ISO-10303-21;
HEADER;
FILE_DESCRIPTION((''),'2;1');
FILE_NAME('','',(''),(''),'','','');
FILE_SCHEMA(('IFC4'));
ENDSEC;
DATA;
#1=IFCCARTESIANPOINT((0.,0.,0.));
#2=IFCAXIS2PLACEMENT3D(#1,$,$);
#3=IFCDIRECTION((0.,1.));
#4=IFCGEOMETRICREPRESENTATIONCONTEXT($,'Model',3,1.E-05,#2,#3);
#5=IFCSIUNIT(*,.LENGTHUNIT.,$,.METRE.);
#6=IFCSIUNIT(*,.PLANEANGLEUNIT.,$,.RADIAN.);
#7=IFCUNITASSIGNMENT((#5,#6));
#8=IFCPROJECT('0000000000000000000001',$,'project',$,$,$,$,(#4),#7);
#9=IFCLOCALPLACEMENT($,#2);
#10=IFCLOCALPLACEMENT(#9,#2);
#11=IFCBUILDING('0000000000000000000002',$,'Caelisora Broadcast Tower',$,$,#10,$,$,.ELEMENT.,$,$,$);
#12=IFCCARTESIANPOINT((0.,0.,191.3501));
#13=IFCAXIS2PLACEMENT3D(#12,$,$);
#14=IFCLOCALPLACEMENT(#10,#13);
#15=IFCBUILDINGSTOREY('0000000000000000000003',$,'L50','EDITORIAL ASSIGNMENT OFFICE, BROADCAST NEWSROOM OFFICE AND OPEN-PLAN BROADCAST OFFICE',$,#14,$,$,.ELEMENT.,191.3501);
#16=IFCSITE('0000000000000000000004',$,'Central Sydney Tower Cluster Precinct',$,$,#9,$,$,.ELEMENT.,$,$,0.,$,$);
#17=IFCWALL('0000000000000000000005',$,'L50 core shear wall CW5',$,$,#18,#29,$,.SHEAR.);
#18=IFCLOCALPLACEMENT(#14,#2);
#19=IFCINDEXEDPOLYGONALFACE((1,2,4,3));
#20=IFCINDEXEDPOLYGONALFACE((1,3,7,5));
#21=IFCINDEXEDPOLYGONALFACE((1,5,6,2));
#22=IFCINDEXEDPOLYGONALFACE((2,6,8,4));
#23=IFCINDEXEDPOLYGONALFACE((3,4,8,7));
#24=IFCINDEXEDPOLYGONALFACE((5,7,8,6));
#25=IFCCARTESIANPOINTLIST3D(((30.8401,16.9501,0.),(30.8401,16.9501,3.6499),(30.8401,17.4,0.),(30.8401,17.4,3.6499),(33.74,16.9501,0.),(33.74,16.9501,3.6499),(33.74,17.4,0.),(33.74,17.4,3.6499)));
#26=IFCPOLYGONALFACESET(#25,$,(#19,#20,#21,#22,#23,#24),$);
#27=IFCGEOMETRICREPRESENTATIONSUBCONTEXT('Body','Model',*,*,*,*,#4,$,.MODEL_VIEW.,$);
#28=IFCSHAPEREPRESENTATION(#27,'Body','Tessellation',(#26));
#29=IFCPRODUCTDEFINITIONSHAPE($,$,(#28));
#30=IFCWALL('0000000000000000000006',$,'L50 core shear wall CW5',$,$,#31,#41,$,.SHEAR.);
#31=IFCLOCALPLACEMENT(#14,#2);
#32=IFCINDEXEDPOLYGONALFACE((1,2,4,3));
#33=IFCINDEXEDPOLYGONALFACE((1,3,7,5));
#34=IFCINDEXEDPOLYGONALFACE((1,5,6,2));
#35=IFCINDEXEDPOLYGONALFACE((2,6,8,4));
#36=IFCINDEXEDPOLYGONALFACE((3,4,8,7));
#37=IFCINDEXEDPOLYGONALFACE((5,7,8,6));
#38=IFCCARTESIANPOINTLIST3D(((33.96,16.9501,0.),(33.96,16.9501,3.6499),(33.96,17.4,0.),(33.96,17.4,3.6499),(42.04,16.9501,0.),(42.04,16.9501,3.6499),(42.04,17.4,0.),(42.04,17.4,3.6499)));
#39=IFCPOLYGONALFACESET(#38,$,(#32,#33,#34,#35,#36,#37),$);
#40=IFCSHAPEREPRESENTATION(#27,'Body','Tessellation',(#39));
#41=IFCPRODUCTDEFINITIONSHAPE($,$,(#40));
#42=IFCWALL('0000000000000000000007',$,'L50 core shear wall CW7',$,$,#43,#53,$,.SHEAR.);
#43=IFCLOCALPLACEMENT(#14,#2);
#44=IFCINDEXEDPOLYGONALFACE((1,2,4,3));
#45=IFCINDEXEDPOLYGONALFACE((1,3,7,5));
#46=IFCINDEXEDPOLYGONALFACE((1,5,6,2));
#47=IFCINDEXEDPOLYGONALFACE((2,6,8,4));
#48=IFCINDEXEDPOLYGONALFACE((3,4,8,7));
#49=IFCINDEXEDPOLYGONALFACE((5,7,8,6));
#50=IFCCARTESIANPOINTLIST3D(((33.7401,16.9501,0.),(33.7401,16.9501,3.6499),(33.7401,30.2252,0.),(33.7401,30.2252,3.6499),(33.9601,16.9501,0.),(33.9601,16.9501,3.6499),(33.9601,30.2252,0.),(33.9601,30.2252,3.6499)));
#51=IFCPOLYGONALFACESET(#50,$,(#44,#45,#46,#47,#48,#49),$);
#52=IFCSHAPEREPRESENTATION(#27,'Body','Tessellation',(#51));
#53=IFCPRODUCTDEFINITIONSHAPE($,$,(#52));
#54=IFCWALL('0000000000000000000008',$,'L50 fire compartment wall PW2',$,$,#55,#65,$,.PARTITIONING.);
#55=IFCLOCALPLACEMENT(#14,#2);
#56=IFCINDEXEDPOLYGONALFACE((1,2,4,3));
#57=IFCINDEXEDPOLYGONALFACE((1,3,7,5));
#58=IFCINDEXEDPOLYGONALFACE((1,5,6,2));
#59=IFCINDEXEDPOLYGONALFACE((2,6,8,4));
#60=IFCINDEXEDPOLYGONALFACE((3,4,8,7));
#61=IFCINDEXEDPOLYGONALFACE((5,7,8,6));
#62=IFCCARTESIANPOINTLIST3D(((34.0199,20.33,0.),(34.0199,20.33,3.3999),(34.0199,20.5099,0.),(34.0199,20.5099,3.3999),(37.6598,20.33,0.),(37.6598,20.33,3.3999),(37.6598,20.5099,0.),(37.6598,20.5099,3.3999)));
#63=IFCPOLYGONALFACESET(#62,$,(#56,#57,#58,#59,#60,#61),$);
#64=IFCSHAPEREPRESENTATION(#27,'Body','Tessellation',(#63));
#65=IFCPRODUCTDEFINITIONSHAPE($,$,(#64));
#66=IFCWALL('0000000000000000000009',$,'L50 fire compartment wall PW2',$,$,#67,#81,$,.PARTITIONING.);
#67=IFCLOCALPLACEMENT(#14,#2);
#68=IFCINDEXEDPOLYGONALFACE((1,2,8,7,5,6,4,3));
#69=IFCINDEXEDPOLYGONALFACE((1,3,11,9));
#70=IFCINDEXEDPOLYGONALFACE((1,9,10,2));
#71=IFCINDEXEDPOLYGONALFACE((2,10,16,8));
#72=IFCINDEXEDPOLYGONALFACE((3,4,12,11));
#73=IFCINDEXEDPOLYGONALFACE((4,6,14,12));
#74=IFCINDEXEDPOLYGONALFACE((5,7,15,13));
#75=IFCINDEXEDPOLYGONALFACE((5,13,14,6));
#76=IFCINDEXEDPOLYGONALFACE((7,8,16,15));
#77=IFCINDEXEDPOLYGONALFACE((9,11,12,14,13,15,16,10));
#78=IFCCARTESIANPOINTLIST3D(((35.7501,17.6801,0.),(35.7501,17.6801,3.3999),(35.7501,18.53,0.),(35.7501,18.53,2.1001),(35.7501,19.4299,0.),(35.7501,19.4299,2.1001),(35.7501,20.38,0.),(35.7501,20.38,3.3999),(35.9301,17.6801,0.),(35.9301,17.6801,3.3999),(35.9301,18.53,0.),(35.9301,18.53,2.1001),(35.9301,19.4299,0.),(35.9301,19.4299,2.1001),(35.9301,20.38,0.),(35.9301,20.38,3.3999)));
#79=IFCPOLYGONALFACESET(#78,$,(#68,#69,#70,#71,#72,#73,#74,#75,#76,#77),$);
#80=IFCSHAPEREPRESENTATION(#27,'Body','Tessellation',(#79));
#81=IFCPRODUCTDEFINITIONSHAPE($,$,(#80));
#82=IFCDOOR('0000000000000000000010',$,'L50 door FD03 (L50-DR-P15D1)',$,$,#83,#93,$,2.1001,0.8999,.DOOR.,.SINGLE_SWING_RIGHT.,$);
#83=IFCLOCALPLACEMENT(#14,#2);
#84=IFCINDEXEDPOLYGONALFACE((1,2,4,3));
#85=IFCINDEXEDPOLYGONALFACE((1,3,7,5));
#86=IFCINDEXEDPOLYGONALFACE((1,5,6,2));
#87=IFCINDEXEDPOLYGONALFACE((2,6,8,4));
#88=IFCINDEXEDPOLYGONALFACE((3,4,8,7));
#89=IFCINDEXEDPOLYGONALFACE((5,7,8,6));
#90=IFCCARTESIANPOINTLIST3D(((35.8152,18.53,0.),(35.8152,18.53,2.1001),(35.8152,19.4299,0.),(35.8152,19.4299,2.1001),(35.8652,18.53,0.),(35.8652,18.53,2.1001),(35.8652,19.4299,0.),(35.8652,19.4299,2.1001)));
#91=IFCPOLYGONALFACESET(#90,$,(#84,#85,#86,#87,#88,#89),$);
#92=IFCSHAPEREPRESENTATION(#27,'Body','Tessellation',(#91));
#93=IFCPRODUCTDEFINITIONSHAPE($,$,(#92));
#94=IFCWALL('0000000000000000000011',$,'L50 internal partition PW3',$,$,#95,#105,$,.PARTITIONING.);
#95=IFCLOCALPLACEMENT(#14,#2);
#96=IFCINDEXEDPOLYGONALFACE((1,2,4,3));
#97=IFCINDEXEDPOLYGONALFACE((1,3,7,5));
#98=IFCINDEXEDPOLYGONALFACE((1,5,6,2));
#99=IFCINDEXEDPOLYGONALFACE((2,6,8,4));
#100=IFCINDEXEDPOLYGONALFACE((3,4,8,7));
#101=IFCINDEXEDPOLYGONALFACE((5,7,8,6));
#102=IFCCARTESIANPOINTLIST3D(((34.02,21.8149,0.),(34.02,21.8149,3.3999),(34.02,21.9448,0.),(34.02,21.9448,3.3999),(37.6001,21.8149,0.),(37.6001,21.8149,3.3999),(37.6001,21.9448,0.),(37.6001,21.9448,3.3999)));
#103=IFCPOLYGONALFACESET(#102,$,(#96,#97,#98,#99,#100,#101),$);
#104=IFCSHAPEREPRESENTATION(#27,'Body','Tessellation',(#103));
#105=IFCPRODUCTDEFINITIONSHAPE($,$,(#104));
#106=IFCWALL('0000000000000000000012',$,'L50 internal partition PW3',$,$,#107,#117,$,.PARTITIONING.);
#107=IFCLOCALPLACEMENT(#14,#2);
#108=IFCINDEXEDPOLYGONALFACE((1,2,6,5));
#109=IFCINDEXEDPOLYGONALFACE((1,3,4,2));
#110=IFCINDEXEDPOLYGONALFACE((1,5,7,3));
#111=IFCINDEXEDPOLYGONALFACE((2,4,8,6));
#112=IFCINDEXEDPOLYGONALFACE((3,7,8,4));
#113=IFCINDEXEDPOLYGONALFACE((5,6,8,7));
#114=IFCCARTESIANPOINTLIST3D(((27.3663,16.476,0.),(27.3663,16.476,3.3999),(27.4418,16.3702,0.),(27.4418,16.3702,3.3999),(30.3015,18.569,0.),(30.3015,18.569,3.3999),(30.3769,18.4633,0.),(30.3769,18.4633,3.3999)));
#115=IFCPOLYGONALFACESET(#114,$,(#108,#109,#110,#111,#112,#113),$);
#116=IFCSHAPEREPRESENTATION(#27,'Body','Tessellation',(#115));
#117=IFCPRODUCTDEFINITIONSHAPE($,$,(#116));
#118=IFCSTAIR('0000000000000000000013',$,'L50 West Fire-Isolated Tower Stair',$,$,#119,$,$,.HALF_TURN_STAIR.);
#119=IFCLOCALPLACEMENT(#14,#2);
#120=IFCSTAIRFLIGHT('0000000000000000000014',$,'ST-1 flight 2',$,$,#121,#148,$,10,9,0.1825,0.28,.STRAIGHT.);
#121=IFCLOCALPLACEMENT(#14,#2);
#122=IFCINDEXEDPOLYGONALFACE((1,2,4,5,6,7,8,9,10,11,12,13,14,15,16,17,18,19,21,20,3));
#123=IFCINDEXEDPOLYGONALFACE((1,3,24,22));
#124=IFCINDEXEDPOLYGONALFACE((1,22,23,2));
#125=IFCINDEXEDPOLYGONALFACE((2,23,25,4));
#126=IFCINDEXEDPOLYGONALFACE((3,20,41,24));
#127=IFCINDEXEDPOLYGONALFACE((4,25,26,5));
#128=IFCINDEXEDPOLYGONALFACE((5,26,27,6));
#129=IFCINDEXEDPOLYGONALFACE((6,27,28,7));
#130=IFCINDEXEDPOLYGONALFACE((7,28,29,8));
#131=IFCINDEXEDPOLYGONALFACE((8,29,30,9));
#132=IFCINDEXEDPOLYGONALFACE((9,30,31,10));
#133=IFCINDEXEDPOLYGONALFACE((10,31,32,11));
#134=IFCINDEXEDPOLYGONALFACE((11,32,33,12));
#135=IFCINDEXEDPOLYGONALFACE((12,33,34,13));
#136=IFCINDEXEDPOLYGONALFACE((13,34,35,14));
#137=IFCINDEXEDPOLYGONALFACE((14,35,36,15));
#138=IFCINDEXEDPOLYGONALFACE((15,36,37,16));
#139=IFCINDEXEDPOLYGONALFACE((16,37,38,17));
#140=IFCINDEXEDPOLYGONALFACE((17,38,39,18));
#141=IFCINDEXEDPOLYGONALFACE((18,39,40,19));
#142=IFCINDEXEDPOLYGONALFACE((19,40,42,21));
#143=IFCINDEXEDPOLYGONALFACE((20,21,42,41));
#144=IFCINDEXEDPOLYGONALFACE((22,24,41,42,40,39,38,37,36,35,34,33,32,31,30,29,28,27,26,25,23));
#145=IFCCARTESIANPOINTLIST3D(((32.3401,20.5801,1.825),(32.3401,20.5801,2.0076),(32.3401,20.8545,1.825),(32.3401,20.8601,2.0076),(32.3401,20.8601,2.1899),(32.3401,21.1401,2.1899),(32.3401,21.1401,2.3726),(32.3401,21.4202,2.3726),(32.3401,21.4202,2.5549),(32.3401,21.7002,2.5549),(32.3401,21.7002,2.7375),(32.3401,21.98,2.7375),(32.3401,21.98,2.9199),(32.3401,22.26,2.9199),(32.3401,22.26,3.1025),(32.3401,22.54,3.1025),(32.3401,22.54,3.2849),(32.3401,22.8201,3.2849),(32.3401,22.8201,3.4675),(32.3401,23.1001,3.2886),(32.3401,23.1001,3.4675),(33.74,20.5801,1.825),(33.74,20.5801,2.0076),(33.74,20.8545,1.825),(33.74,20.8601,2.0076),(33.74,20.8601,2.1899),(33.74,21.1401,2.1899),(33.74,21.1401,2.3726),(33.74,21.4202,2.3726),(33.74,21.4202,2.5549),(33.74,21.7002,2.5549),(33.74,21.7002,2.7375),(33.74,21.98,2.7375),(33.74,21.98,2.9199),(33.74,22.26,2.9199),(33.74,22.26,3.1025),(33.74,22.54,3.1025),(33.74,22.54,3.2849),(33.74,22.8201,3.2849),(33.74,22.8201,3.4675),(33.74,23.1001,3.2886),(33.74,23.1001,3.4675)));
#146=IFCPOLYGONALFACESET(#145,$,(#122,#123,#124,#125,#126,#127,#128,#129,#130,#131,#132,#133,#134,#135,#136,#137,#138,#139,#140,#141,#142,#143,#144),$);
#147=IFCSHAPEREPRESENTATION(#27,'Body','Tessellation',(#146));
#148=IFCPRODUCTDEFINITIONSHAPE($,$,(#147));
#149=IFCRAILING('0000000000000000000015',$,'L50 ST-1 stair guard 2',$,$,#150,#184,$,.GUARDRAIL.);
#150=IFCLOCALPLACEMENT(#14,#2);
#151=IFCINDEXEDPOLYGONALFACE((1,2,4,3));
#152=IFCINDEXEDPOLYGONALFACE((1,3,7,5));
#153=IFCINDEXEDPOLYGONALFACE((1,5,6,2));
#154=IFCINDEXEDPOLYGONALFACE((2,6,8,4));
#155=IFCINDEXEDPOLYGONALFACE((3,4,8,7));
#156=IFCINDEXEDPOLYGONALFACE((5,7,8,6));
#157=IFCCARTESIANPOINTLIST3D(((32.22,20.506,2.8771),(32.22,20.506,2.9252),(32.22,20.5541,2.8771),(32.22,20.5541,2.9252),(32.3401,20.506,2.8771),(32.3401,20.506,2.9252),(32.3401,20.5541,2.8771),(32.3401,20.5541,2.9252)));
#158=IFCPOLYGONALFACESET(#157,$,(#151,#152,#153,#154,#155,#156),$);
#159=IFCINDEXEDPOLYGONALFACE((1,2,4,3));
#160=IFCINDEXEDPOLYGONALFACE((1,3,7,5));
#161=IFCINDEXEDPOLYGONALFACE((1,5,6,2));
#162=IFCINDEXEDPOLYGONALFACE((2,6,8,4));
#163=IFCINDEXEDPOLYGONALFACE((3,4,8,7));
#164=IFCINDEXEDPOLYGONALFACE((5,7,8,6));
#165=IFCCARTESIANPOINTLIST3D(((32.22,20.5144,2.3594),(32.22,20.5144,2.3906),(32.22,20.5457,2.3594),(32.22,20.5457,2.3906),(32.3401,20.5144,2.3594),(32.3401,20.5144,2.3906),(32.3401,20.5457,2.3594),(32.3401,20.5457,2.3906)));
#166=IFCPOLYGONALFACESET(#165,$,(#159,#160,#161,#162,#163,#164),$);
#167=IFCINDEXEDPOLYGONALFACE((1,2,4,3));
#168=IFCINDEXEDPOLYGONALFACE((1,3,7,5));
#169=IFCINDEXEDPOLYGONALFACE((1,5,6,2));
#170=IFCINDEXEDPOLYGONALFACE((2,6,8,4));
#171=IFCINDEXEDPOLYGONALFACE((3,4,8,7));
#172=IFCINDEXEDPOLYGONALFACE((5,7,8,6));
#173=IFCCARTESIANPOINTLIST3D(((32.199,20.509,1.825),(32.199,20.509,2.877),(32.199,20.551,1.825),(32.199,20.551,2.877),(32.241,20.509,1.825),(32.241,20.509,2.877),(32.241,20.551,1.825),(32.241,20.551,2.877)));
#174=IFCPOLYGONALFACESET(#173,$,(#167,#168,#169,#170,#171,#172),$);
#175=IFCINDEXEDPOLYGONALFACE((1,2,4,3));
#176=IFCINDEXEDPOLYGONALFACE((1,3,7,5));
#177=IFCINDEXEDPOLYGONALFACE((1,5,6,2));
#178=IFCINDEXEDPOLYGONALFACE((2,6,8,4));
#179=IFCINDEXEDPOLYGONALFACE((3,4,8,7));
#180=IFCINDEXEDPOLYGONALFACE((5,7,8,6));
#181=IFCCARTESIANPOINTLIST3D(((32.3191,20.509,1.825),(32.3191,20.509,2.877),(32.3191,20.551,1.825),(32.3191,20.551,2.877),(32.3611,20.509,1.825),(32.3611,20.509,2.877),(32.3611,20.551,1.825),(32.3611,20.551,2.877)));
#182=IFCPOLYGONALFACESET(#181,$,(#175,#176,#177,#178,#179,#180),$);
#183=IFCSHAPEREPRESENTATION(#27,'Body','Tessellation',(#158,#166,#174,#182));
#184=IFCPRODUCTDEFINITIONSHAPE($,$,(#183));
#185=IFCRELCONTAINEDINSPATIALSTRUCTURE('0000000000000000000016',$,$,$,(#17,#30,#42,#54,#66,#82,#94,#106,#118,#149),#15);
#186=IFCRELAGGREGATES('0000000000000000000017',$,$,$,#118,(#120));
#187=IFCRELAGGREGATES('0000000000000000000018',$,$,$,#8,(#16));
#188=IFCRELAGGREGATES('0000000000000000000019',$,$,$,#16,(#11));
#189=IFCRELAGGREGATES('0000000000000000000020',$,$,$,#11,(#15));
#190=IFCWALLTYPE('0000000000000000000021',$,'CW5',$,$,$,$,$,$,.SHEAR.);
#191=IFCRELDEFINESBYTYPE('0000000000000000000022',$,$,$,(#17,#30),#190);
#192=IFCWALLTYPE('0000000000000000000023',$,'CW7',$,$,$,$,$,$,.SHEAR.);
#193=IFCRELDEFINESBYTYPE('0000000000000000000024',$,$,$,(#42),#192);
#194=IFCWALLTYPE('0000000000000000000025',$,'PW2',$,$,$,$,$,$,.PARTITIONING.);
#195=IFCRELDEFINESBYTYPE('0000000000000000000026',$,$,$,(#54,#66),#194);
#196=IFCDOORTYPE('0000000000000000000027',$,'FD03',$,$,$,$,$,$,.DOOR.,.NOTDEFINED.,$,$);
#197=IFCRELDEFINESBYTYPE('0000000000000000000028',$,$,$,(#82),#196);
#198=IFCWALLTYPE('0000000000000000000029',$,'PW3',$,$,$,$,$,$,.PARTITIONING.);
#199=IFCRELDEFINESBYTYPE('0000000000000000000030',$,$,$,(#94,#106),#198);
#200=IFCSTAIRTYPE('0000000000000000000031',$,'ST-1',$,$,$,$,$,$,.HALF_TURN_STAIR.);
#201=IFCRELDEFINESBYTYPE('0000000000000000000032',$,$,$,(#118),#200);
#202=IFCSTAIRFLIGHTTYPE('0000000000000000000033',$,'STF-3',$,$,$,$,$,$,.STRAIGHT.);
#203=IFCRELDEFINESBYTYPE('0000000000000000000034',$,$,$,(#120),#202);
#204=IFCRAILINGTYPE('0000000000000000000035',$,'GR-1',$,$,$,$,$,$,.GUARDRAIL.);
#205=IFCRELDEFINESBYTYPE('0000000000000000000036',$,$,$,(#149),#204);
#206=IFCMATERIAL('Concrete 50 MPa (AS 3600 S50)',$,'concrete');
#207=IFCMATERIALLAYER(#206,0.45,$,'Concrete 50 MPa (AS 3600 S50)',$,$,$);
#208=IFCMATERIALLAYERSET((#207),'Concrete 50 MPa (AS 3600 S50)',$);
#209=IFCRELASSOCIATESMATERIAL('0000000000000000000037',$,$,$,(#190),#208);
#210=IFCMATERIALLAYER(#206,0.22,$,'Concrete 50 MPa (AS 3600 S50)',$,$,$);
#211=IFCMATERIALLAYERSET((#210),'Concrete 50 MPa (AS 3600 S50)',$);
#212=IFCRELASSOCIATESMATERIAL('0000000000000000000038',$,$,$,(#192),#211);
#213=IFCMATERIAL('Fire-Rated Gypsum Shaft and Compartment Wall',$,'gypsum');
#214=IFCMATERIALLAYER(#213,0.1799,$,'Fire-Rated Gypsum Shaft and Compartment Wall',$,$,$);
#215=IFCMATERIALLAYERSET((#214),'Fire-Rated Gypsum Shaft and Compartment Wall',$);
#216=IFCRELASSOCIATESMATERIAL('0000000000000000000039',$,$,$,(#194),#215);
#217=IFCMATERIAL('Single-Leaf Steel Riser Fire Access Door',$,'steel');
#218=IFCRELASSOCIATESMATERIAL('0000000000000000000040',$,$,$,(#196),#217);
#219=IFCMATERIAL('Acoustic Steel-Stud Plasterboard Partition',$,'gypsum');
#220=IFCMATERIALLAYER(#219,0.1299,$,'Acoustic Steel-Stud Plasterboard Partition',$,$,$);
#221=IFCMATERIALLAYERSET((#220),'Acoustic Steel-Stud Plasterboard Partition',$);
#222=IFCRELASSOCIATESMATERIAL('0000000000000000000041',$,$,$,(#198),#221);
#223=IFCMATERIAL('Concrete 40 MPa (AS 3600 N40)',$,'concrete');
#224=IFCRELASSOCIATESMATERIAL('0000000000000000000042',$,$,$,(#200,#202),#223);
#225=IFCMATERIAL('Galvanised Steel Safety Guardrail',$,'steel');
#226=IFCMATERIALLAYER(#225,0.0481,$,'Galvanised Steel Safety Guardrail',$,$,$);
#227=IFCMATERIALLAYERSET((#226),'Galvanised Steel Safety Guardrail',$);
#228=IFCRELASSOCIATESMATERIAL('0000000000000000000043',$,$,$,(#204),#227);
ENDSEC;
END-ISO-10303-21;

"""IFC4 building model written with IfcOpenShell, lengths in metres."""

from ifc_helpers import new_model, si_unit, direction, frame, frame_2d, origin, origin_2d, place, context, subcontext, project, spatial, polyline, rectangle, outline, extrude, material, layer, layer_set, type_object, element, fill, aggregate, save


model = new_model("IFC4")

# Units and contexts
model_context = context("Model", 3, precision=1e-05, world=origin(), true_north=direction((0.0, 1.0)))
body_context = subcontext(model_context, "Body", "Model", "MODEL_VIEW")
ifc_project = project(units=[si_unit("LENGTHUNIT", "METRE"), si_unit("PLANEANGLEUNIT", "RADIAN")], contexts=[model_context])

# Site, building, storey
site_placement = place(None, origin())
site = spatial("IfcSite", under=ifc_project, at=site_placement, Name="Central Sydney Tower Cluster Precinct", CompositionType="ELEMENT", RefElevation=0.0)
building_placement = place(site_placement, origin())
building = spatial("IfcBuilding", under=site, at=building_placement, Name="Caelisora Broadcast Tower", CompositionType="ELEMENT")
storey_placement = place(building_placement, frame((0.0, 0.0, 191.3501)))
storey = spatial("IfcBuildingStorey", under=building, at=storey_placement, Name="L50", Description="EDITORIAL ASSIGNMENT OFFICE, BROADCAST NEWSROOM OFFICE AND OPEN-PLAN BROADCAST OFFICE", CompositionType="ELEMENT", Elevation=191.3501)

# Shared definitions
ifc_material_1 = material(Name="Concrete 50 MPa (AS 3600 S50)", Category="concrete")

# Walls
ifc_layer_1 = layer(ifc_material_1, 0.45, Name="Concrete 50 MPa (AS 3600 S50)")
ifc_layer_set_1 = layer_set([ifc_layer_1], Name="Concrete 50 MPa (AS 3600 S50)")
wall_type_1 = type_object("IfcWallType", Name="CW5", PredefinedType="SHEAR", material=ifc_layer_set_1)
wall_1_placement = place(storey_placement, frame((30.8401, 17.175, 0.0), z_axis=(0.0, 0.0, 1.0), x_axis=(1.0, 0.0, 0.0)))
element("IfcWall", 1, at=wall_1_placement, inside=storey, type_object=wall_type_1, Name="L50 core shear wall CW5", PredefinedType="SHEAR", context=body_context, shape_type="SweptSolid", body=[
    extrude(rectangle(XDim=2.8999, YDim=0.45, at=frame_2d((1.45, 0.0))), origin(), (0.0, 0.0, 1.0), 3.6499),
])
wall_2_placement = place(storey_placement, frame((33.96, 17.175, 0.0), z_axis=(0.0, 0.0, 1.0), x_axis=(1.0, 0.0, 0.0)))
element("IfcWall", 2, at=wall_2_placement, inside=storey, type_object=wall_type_1, Name="L50 core shear wall CW5", PredefinedType="SHEAR", context=body_context, shape_type="SweptSolid", body=[
    extrude(rectangle(XDim=8.0801, YDim=0.45, at=frame_2d((4.04, 0.0))), origin(), (0.0, 0.0, 1.0), 3.6499),
])
ifc_layer_2 = layer(ifc_material_1, 0.22, Name="Concrete 50 MPa (AS 3600 S50)")
ifc_layer_set_2 = layer_set([ifc_layer_2], Name="Concrete 50 MPa (AS 3600 S50)")
wall_type_2 = type_object("IfcWallType", Name="CW7", PredefinedType="SHEAR", material=ifc_layer_set_2)
wall_3_placement = place(storey_placement, frame((33.8501, 16.95, 0.0), z_axis=(0.0, 0.0, 1.0), x_axis=(0.0, 1.0, 0.0)))
element("IfcWall", 3, at=wall_3_placement, inside=storey, type_object=wall_type_2, Name="L50 core shear wall CW7", PredefinedType="SHEAR", context=body_context, shape_type="SweptSolid", body=[
    extrude(rectangle(XDim=13.2751, YDim=0.22, at=frame_2d((6.6377, 0.0))), origin(), (0.0, 0.0, 1.0), 3.6499),
])
ifc_material_2 = material(Name="Fire-Rated Gypsum Shaft and Compartment Wall", Category="gypsum")
ifc_layer_3 = layer(ifc_material_2, 0.1799, Name="Fire-Rated Gypsum Shaft and Compartment Wall")
ifc_layer_set_3 = layer_set([ifc_layer_3], Name="Fire-Rated Gypsum Shaft and Compartment Wall")
wall_type_3 = type_object("IfcWallType", Name="PW2", PredefinedType="PARTITIONING", material=ifc_layer_set_3)
wall_4_placement = place(storey_placement, frame((34.02, 20.4199, 0.0), z_axis=(0.0, 0.0, 1.0), x_axis=(1.0, 0.0, 0.0)))
element("IfcWall", 4, at=wall_4_placement, inside=storey, type_object=wall_type_3, Name="L50 fire compartment wall PW2", PredefinedType="PARTITIONING", context=body_context, shape_type="SweptSolid", body=[
    extrude(rectangle(XDim=3.6399, YDim=0.1799, at=frame_2d((1.8198, 0.0))), origin(), (0.0, 0.0, 1.0), 3.3999),
])

# Wall, opening, door
wall_5_placement = place(storey_placement, frame((35.8401, 17.6799, 0.0), z_axis=(0.0, 0.0, 1.0), x_axis=(0.0, 1.0, 0.0)))
wall_5 = element("IfcWall", 5, at=wall_5_placement, inside=storey, type_object=wall_type_3, Name="L50 fire compartment wall PW2", PredefinedType="PARTITIONING", context=body_context, shape_type="SweptSolid", body=[
    extrude(rectangle(XDim=2.7, YDim=0.1799, at=frame_2d((1.3501, 0.0))), origin(), (0.0, 0.0, 1.0), 3.3999),
])
opening_1_placement = place(wall_5_placement, frame((0.8501, 0.0, 0.0)))
opening_1 = element("IfcOpeningElement", 6, at=opening_1_placement, cuts=wall_5, PredefinedType="OPENING", context=body_context, shape_type="SweptSolid", body=[
    extrude(rectangle(XDim=0.8999, YDim=2.1001, at=frame_2d((0.45, 1.05))), frame((0.0, 0.1021, 0.0), z_axis=(0.0, -1.0, 0.0), x_axis=(1.0, 0.0, 0.0)), (0.0, 0.0, 1.0), 0.2039),
])
ifc_material_3 = material(Name="Single-Leaf Steel Riser Fire Access Door", Category="steel")
door_type_1 = type_object("IfcDoorType", Name="FD03", OperationType="NOTDEFINED", PredefinedType="DOOR", material=ifc_material_3)
door_1_placement = place(opening_1_placement, origin())
door_1 = element("IfcDoor", 7, at=door_1_placement, inside=storey, type_object=door_type_1, Name="L50 door FD03 (L50-DR-P15D1)", OperationType="SINGLE_SWING_RIGHT", OverallHeight=2.1001, OverallWidth=0.8999, PredefinedType="DOOR", context=body_context, shape_type="SweptSolid", body=[
    extrude(rectangle(XDim=0.8999, YDim=2.1001, at=frame_2d((0.45, 1.05))), frame((0.0, 0.0249, 0.0), z_axis=(0.0, -1.0, 0.0), x_axis=(1.0, 0.0, 0.0)), (0.0, 0.0, 1.0), 0.05),
])
fill(opening_1, door_1)

# Walls
ifc_material_4 = material(Name="Acoustic Steel-Stud Plasterboard Partition", Category="gypsum")
ifc_layer_4 = layer(ifc_material_4, 0.1299, Name="Acoustic Steel-Stud Plasterboard Partition")
ifc_layer_set_4 = layer_set([ifc_layer_4], Name="Acoustic Steel-Stud Plasterboard Partition")
wall_type_4 = type_object("IfcWallType", Name="PW3", PredefinedType="PARTITIONING", material=ifc_layer_set_4)
wall_6_placement = place(storey_placement, frame((34.02, 21.8799, 0.0), z_axis=(0.0, 0.0, 1.0), x_axis=(1.0, 0.0, 0.0)))
element("IfcWall", 8, at=wall_6_placement, inside=storey, type_object=wall_type_4, Name="L50 internal partition PW3", PredefinedType="PARTITIONING", context=body_context, shape_type="SweptSolid", body=[
    extrude(rectangle(XDim=3.5801, YDim=0.1299, at=frame_2d((1.79, 0.0))), origin(), (0.0, 0.0, 1.0), 3.3999),
])
wall_7_placement = place(storey_placement, frame((27.4041, 16.4231, 0.0), z_axis=(0.0, 0.0, 1.0), x_axis=(0.814186, 0.580604, 0.0)))
element("IfcWall", 9, at=wall_7_placement, inside=storey, type_object=wall_type_4, Name="L50 internal partition PW3", PredefinedType="PARTITIONING", context=body_context, shape_type="SweptSolid", body=[
    extrude(rectangle(XDim=3.605, YDim=0.1299, at=frame_2d((1.8025, 0.0))), origin(), (0.0, 0.0, 1.0), 3.3999),
])

# Stair, stair flight
ifc_material_5 = material(Name="Concrete 40 MPa (AS 3600 N40)", Category="concrete")
stair_type = type_object("IfcStairType", Name="ST-1", PredefinedType="HALF_TURN_STAIR", material=ifc_material_5)
stair_placement = place(storey_placement, origin())
stair = element("IfcStair", 10, at=stair_placement, inside=storey, type_object=stair_type, Name="L50 West Fire-Isolated Tower Stair", PredefinedType="HALF_TURN_STAIR")
stair_flight_type = type_object("IfcStairFlightType", Name="STF-3", PredefinedType="STRAIGHT", material=ifc_material_5)
stair_flight_placement = place(storey_placement, frame((33.04, 20.5801, 1.825), z_axis=(0.0, 0.0, 1.0), x_axis=(0.0, 1.0, 0.0)))
stair_flight = element("IfcStairFlight", 11, at=stair_flight_placement, type_object=stair_flight_type, Name="ST-1 flight 2", NumberOfRisers=10, NumberOfTreads=9, PredefinedType="STRAIGHT", RiserHeight=0.1825, TreadLength=0.28, context=body_context, shape_type="SweptSolid", body=[
    extrude(outline(polyline([(0.0, 0.0), (0.0, 0.1826), (0.28, 0.1826), (0.28, 0.365), (0.5601, 0.365), (0.5601, 0.5476), (0.8401, 0.5476), (0.8401, 0.73), (1.1201, 0.73), (1.1201, 0.9126), (1.3999, 0.9126), (1.3999, 1.095), (1.6799, 1.095), (1.6799, 1.2776), (1.96, 1.2776), (1.96, 1.46), (2.24, 1.46), (2.24, 1.6426), (2.52, 1.6426), (2.52, 1.825), (2.52, 1.4636), (0.2744, 0.0), (0.0, 0.0)])), frame((0.0, 0.7, 0.0), z_axis=(0.0, -1.0, 0.0), x_axis=(1.0, 0.0, 0.0)), (0.0, 0.0, 1.0), 1.3999),
])
aggregate(stair, [stair_flight])

# Railing
ifc_material_6 = material(Name="Galvanised Steel Safety Guardrail", Category="steel")
ifc_layer_5 = layer(ifc_material_6, 0.0481, Name="Galvanised Steel Safety Guardrail")
ifc_layer_set_5 = layer_set([ifc_layer_5], Name="Galvanised Steel Safety Guardrail")
railing_type_1 = type_object("IfcRailingType", Name="GR-1", PredefinedType="GUARDRAIL", material=ifc_layer_set_5)
railing_1_placement = place(storey_placement, frame((32.22, 20.53, 1.825)))
element("IfcRailing", 12, at=railing_1_placement, inside=storey, type_object=railing_type_1, Name="L50 ST-1 stair guard 2", PredefinedType="GUARDRAIL", context=body_context, shape_type="SweptSolid", body=[
    extrude(rectangle(XDim=0.0481, YDim=0.0481, at=origin_2d()), frame((0.0, 0.0, 1.0762), z_axis=(1.0, 0.0, 0.0), x_axis=(0.0, 1.0, 0.0)), (0.0, 0.0, 1.0), 0.1201),
    extrude(rectangle(XDim=0.0312, YDim=0.0312, at=origin_2d()), frame((0.0, 0.0, 0.55), z_axis=(1.0, 0.0, 0.0), x_axis=(0.0, 1.0, 0.0)), (0.0, 0.0, 1.0), 0.1201),
    extrude(rectangle(XDim=0.042, YDim=0.042, at=origin_2d()), origin(), (0.0, 0.0, 1.0), 1.052),
    extrude(rectangle(XDim=0.042, YDim=0.042, at=origin_2d()), frame((0.1201, 0.0, 0.0)), (0.0, 0.0, 1.0), 1.052),
])

save(model, "model.ifc")
